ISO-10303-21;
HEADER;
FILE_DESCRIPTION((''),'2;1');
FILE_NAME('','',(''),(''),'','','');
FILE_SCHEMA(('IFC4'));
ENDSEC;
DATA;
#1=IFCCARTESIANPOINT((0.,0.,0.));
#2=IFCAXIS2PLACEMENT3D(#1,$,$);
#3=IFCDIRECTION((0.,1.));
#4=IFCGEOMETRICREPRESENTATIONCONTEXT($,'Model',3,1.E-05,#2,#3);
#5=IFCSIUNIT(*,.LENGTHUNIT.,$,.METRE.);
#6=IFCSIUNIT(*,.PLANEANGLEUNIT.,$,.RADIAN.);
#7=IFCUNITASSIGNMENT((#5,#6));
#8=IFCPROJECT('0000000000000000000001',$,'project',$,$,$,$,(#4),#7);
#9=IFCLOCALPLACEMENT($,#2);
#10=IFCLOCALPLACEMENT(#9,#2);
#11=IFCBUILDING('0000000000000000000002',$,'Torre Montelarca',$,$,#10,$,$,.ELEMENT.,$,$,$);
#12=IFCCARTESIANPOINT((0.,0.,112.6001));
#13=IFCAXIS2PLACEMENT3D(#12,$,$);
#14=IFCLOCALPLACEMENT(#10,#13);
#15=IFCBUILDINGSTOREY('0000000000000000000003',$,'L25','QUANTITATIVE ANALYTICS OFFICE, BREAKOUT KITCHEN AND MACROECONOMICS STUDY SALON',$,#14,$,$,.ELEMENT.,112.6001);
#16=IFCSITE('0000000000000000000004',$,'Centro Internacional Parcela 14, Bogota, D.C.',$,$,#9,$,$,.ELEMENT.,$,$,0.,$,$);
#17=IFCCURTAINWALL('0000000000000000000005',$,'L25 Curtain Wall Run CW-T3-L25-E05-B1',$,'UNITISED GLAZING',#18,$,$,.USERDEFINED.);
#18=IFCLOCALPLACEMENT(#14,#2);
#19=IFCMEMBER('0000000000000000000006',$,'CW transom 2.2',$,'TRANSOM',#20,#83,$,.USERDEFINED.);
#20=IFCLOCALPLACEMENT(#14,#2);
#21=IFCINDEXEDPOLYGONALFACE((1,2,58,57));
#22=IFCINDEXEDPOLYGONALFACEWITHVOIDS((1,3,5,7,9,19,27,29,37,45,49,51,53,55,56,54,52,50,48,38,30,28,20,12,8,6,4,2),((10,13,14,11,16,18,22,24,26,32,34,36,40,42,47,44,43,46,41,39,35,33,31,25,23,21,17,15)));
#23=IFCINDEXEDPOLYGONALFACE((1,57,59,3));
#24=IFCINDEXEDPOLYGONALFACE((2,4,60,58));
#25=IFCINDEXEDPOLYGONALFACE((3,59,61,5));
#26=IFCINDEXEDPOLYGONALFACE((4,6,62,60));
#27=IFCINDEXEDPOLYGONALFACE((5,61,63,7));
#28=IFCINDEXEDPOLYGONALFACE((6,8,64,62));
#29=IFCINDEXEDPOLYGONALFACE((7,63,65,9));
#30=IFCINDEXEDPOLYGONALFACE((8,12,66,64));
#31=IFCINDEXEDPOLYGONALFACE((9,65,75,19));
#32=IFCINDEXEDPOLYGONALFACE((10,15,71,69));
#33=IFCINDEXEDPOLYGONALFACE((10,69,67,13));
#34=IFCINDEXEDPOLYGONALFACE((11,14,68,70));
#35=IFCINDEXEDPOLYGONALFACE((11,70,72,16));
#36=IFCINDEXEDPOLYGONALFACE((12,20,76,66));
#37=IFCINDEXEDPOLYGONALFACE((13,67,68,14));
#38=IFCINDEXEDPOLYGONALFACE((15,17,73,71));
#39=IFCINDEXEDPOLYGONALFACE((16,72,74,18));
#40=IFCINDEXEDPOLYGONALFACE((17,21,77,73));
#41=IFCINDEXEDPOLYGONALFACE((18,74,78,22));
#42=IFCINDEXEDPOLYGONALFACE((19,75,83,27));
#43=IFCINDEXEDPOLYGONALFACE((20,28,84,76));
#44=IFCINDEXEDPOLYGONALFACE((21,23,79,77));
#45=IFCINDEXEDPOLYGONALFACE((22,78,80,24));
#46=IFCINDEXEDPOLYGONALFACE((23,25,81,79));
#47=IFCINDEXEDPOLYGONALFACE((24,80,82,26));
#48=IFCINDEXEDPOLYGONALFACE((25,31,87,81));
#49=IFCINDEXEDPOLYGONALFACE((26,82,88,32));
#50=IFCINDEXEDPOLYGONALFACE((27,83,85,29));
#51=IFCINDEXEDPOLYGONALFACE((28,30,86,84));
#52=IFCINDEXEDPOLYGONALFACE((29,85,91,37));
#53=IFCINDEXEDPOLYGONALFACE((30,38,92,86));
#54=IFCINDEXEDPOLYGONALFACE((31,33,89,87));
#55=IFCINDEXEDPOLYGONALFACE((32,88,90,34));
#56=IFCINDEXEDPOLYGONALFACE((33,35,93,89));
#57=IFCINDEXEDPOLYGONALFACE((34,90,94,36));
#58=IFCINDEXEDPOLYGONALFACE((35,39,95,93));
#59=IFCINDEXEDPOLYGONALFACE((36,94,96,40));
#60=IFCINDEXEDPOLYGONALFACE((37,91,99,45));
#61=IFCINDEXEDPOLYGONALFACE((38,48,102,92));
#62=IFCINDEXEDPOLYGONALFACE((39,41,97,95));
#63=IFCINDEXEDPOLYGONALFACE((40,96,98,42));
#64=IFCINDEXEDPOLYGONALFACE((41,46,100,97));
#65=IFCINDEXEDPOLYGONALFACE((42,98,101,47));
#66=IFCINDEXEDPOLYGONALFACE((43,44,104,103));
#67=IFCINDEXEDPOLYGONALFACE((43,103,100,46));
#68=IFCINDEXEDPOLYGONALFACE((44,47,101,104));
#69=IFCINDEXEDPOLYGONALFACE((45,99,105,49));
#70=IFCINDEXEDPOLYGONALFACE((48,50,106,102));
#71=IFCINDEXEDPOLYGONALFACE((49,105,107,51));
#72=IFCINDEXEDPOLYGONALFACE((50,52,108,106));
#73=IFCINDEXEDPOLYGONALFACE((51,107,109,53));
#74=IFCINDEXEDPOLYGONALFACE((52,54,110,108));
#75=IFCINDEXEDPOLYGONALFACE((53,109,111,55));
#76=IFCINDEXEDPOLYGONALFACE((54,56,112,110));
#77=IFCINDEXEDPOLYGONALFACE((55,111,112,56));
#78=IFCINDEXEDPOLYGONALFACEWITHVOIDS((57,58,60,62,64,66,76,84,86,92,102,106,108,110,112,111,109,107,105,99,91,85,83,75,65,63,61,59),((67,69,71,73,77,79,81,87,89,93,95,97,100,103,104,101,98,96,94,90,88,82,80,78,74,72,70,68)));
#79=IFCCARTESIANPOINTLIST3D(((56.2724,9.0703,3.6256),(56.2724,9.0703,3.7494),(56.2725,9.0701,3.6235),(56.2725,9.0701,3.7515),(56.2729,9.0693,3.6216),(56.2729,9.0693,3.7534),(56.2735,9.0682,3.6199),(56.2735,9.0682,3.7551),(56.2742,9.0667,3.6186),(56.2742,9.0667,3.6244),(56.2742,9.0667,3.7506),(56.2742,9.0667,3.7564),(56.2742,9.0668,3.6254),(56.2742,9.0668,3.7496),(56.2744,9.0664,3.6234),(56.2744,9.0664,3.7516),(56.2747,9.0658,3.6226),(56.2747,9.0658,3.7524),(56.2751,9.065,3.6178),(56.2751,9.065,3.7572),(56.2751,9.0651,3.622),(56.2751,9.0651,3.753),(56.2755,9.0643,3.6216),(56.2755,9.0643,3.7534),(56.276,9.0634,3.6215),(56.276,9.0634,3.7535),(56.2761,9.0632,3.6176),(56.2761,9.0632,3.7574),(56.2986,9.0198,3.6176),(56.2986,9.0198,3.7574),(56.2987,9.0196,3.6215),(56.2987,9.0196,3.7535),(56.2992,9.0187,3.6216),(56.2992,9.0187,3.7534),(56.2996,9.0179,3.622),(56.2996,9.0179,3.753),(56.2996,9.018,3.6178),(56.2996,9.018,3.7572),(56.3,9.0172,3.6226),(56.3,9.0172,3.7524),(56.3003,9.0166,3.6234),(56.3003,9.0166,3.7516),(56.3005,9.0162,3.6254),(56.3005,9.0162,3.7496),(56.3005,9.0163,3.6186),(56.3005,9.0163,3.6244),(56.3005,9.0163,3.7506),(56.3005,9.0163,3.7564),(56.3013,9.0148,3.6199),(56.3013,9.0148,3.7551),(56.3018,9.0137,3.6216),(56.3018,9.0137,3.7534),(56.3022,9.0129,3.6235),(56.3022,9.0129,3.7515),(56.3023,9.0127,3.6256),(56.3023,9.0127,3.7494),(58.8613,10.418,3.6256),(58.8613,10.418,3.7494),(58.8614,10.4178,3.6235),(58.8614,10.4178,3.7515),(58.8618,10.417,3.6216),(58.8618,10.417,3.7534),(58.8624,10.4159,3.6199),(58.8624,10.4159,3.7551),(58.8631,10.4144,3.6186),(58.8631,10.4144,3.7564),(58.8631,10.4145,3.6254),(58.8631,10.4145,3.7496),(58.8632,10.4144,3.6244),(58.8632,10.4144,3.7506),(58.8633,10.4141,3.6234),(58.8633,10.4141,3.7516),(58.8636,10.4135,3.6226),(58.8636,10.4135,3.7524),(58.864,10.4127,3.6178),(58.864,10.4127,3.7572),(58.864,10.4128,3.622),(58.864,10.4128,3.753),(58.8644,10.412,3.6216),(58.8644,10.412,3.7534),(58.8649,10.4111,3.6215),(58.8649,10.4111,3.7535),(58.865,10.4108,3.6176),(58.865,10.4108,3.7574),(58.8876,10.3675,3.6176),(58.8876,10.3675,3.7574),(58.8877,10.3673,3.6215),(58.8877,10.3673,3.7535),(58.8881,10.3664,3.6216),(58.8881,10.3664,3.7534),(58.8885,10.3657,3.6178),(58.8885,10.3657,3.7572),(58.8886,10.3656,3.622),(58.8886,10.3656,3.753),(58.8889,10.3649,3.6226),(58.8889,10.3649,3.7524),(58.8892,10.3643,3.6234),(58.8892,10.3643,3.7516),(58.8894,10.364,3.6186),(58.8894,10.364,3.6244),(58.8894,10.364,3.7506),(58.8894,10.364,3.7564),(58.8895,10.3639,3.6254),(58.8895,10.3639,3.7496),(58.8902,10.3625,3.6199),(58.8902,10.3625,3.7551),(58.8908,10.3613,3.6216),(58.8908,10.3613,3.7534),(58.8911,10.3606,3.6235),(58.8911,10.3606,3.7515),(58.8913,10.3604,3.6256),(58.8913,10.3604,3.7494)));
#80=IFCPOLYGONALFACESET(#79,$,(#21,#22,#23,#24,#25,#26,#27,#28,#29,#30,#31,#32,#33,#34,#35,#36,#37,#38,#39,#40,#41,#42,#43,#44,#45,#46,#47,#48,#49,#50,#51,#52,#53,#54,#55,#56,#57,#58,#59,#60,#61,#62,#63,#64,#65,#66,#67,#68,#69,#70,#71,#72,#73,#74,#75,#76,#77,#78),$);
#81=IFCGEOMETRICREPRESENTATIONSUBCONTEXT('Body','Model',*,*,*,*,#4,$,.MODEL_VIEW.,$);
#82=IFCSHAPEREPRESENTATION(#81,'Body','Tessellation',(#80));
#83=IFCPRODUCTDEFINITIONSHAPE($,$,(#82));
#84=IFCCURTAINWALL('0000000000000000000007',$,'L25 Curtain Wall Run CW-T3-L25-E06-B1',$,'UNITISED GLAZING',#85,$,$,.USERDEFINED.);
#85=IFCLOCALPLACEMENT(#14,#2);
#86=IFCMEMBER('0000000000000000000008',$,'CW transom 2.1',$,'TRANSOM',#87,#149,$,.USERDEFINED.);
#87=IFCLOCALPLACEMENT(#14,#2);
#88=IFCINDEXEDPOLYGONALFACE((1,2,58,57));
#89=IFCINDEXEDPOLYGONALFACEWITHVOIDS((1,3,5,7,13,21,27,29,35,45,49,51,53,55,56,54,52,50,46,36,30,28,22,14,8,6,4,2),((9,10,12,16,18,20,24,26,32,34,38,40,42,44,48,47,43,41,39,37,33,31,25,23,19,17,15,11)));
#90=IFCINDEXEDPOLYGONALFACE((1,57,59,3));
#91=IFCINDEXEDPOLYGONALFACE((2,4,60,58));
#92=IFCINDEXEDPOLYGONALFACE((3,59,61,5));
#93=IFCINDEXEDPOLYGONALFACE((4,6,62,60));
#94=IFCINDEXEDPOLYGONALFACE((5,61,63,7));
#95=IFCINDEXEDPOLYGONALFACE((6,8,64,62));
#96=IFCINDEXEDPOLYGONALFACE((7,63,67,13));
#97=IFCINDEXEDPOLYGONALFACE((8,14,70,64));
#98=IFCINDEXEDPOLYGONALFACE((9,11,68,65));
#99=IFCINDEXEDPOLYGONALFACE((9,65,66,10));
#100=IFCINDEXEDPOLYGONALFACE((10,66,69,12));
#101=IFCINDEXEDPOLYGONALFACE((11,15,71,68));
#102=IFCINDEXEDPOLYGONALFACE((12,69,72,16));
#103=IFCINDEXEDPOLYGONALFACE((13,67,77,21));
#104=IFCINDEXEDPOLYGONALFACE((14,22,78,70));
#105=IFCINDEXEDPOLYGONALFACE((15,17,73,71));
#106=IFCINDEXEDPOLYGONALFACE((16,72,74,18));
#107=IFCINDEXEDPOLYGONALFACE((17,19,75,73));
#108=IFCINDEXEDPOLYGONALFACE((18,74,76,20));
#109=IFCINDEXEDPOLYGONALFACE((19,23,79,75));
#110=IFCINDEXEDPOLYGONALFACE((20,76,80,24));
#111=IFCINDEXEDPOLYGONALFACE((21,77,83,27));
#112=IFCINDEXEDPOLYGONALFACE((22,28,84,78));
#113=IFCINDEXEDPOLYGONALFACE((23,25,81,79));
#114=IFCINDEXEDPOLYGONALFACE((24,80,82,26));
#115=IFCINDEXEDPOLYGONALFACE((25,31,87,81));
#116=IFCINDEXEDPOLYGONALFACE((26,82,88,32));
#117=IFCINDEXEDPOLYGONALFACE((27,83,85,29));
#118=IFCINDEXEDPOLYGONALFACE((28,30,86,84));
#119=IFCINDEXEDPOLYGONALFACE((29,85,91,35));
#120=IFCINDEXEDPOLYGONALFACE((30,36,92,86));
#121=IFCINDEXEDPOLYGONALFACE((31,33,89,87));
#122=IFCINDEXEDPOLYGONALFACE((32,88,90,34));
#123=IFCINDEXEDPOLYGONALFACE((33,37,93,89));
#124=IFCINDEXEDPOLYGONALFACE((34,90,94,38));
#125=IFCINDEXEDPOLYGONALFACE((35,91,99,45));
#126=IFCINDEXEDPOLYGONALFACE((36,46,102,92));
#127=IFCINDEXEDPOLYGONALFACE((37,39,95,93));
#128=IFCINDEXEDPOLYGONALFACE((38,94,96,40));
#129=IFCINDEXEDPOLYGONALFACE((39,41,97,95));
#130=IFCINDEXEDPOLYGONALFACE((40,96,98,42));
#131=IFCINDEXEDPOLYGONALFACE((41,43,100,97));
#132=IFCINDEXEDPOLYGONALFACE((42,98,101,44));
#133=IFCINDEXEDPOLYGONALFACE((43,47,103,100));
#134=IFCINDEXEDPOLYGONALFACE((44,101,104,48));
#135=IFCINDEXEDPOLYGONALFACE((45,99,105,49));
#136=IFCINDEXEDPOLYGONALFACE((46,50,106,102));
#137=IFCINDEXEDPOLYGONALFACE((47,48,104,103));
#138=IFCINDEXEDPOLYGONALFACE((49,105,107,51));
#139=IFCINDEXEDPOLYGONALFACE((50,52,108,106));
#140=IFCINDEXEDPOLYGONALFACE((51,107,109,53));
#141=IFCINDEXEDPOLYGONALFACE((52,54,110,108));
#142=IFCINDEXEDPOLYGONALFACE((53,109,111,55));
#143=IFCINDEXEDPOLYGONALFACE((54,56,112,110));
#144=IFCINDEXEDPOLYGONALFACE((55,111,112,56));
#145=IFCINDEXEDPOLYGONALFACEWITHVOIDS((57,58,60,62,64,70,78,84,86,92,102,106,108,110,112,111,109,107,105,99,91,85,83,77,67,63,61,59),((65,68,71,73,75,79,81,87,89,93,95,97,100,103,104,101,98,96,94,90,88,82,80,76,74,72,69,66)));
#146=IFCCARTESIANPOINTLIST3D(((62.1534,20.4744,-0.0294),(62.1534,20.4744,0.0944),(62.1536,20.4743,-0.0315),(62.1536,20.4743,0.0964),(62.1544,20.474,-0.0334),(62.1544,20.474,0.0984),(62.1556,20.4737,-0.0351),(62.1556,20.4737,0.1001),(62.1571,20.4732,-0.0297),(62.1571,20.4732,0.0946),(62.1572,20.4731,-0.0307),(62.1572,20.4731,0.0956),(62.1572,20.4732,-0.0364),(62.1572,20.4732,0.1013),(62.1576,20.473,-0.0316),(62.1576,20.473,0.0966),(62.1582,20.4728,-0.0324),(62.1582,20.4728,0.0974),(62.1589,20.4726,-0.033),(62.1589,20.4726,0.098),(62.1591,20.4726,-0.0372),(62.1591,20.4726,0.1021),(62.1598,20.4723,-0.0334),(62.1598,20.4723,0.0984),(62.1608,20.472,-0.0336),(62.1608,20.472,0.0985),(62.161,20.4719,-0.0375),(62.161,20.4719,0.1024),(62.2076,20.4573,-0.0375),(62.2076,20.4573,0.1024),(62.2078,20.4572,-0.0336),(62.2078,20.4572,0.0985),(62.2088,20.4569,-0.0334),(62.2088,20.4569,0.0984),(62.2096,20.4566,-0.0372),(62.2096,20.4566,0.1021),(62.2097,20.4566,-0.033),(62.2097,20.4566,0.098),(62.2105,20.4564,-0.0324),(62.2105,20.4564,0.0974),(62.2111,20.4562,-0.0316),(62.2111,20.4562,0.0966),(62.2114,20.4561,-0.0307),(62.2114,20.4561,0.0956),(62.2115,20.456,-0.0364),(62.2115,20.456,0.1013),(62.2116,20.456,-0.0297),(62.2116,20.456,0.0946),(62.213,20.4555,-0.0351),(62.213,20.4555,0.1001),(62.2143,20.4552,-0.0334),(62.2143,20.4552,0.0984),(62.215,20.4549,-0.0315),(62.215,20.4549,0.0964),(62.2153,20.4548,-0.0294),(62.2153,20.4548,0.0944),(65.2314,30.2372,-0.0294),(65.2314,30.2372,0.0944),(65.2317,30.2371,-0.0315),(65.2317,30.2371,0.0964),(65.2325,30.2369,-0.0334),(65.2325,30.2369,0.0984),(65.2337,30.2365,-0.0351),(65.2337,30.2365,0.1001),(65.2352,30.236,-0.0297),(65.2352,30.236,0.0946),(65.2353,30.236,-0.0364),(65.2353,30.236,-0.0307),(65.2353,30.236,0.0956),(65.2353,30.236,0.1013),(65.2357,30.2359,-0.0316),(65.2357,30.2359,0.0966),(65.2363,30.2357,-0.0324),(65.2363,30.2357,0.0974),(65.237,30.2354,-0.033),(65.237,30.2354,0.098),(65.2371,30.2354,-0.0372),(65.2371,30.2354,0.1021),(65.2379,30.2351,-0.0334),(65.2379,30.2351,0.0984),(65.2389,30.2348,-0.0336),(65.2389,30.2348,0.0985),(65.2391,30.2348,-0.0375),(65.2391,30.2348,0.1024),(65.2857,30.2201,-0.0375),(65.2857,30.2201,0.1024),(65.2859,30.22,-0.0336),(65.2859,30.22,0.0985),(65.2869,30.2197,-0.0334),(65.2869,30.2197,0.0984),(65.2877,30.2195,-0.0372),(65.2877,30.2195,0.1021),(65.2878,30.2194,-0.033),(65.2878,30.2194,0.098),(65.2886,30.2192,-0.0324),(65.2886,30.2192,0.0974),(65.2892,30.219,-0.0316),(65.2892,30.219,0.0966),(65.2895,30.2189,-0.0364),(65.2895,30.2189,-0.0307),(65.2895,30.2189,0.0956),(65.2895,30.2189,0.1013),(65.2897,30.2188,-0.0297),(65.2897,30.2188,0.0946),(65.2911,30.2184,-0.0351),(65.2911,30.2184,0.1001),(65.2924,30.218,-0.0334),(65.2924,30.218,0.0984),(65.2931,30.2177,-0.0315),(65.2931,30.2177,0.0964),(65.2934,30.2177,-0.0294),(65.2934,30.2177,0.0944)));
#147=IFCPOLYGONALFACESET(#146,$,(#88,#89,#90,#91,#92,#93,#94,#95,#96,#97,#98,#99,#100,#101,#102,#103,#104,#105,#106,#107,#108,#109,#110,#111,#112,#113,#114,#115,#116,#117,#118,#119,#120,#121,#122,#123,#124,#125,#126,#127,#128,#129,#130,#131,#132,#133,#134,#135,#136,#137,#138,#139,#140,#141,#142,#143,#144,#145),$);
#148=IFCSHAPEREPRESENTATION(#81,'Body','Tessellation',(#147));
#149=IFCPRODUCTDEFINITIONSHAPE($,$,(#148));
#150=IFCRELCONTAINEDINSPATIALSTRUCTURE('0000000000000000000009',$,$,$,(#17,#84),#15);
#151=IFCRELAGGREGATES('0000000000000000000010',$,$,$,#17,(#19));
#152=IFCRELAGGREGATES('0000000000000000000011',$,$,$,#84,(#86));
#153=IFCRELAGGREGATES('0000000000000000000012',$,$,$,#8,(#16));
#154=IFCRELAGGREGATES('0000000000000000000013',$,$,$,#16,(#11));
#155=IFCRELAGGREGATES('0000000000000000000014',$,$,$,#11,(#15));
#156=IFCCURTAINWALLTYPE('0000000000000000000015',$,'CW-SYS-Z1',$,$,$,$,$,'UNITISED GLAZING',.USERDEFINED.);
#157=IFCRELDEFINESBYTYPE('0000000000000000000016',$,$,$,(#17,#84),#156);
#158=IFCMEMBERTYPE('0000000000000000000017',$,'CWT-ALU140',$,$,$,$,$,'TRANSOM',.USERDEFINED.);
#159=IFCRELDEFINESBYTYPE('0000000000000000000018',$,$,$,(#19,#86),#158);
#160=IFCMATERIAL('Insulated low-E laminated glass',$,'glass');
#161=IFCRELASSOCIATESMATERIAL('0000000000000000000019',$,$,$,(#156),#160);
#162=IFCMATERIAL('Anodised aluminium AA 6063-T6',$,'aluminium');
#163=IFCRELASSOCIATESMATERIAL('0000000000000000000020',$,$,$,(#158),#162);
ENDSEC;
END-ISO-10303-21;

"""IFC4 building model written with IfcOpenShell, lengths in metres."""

from ifc_helpers import new_model, si_unit, direction, frame, origin, origin_2d, place, context, subcontext, project, spatial, hollow_rectangle, extrude, source, transform, mapped, material, material_profile, profile_set, type_object, element, aggregate, save


model = new_model("IFC4")

# Units and contexts
model_context = context("Model", 3, precision=1e-05, world=origin(), true_north=direction((0.0, 1.0)))
body_context = subcontext(model_context, "Body", "Model", "MODEL_VIEW")
ifc_project = project(units=[si_unit("LENGTHUNIT", "METRE"), si_unit("PLANEANGLEUNIT", "RADIAN")], contexts=[model_context])

# Site, building, storey
site_placement = place(None, origin())
site = spatial("IfcSite", under=ifc_project, at=site_placement, Name="Centro Internacional Parcela 14, Bogota, D.C.", CompositionType="ELEMENT", RefElevation=0.0)
building_placement = place(site_placement, origin())
building = spatial("IfcBuilding", under=site, at=building_placement, Name="Torre Montelarca", CompositionType="ELEMENT")
storey_placement = place(building_placement, frame((0.0, 0.0, 112.6001)))
storey = spatial("IfcBuildingStorey", under=building, at=storey_placement, Name="L25", Description="QUANTITATIVE ANALYTICS OFFICE, BREAKOUT KITCHEN AND MACROECONOMICS STUDY SALON", CompositionType="ELEMENT", Elevation=112.6001)

# Curtain walls, members
ifc_material_1 = material(Name="Insulated low-E laminated glass", Category="glass")
curtain_wall_type = type_object("IfcCurtainWallType", Name="CW-SYS-Z1", ElementType="UNITISED GLAZING", PredefinedType="USERDEFINED", material=ifc_material_1)
ifc_material_2 = material(Name="Anodised aluminium AA 6063-T6", Category="aluminium")
ifc_material_profile_1 = material_profile(ifc_material_2, hollow_rectangle(XDim=0.0649, YDim=0.1399, WallThickness=0.0039, InnerFilletRadius=0.0039, OuterFilletRadius=0.0081, at=origin_2d()), Name="ALU65X140X4", Category="aluminium")
ifc_profile_set_1 = profile_set([ifc_material_profile_1], Name="Anodised aluminium AA 6063-T6")
member_type_1 = type_object("IfcMemberType", Name="CWT-ALU140", ElementType="TRANSOM", PredefinedType="USERDEFINED", material=ifc_profile_set_1)
curtain_wall_1_placement = place(storey_placement, origin())
curtain_wall_1 = element("IfcCurtainWall", 1, at=curtain_wall_1_placement, inside=storey, type_object=curtain_wall_type, Name="L25 Curtain Wall Run CW-T3-L25-E05-B1", ObjectType="UNITISED GLAZING", PredefinedType="USERDEFINED")
shared_shape_1 = source(origin(), body_context, "Body", "SweptSolid", [
    extrude(hollow_rectangle(XDim=0.0649, YDim=0.1399, WallThickness=0.0039, InnerFilletRadius=0.0039, OuterFilletRadius=0.0081, at=origin_2d()), origin(), (0.0, 0.0, 1.0), 2.9187),
])
member_1_placement = place(storey_placement, frame((56.2874, 9.0415, 3.6875), z_axis=(0.887014, 0.461742, 0.0), x_axis=(-0.461742, 0.887014, 0.0)))
member_1 = element("IfcMember", 2, at=member_1_placement, type_object=member_type_1, Name="CW transom 2.2", ObjectType="TRANSOM", PredefinedType="USERDEFINED", context=body_context, shape_type="MappedRepresentation", body=[
    mapped(shared_shape_1, transform((0.0, 0.0, 0.0), scale=1.0)),
])
curtain_wall_2_placement = place(storey_placement, origin())
curtain_wall_2 = element("IfcCurtainWall", 3, at=curtain_wall_2_placement, inside=storey, type_object=curtain_wall_type, Name="L25 Curtain Wall Run CW-T3-L25-E06-B1", ObjectType="UNITISED GLAZING", PredefinedType="USERDEFINED")
shared_shape_2 = source(origin(), body_context, "Body", "SweptSolid", [
    extrude(hollow_rectangle(XDim=0.0649, YDim=0.1399, WallThickness=0.0039, InnerFilletRadius=0.0039, OuterFilletRadius=0.0081, at=origin_2d()), origin(), (0.0, 0.0, 1.0), 10.2366),
])
member_2_placement = place(storey_placement, frame((62.1843, 20.4646, 0.0325), z_axis=(0.300695, 0.95372, 0.0), x_axis=(-0.95372, 0.300695, 0.0)))
member_2 = element("IfcMember", 4, at=member_2_placement, type_object=member_type_1, Name="CW transom 2.1", ObjectType="TRANSOM", PredefinedType="USERDEFINED", context=body_context, shape_type="MappedRepresentation", body=[
    mapped(shared_shape_2, transform((0.0, 0.0, 0.0), scale=1.0)),
])

aggregate(curtain_wall_1, [member_1])
aggregate(curtain_wall_2, [member_2])

save(model, "model.ifc")
